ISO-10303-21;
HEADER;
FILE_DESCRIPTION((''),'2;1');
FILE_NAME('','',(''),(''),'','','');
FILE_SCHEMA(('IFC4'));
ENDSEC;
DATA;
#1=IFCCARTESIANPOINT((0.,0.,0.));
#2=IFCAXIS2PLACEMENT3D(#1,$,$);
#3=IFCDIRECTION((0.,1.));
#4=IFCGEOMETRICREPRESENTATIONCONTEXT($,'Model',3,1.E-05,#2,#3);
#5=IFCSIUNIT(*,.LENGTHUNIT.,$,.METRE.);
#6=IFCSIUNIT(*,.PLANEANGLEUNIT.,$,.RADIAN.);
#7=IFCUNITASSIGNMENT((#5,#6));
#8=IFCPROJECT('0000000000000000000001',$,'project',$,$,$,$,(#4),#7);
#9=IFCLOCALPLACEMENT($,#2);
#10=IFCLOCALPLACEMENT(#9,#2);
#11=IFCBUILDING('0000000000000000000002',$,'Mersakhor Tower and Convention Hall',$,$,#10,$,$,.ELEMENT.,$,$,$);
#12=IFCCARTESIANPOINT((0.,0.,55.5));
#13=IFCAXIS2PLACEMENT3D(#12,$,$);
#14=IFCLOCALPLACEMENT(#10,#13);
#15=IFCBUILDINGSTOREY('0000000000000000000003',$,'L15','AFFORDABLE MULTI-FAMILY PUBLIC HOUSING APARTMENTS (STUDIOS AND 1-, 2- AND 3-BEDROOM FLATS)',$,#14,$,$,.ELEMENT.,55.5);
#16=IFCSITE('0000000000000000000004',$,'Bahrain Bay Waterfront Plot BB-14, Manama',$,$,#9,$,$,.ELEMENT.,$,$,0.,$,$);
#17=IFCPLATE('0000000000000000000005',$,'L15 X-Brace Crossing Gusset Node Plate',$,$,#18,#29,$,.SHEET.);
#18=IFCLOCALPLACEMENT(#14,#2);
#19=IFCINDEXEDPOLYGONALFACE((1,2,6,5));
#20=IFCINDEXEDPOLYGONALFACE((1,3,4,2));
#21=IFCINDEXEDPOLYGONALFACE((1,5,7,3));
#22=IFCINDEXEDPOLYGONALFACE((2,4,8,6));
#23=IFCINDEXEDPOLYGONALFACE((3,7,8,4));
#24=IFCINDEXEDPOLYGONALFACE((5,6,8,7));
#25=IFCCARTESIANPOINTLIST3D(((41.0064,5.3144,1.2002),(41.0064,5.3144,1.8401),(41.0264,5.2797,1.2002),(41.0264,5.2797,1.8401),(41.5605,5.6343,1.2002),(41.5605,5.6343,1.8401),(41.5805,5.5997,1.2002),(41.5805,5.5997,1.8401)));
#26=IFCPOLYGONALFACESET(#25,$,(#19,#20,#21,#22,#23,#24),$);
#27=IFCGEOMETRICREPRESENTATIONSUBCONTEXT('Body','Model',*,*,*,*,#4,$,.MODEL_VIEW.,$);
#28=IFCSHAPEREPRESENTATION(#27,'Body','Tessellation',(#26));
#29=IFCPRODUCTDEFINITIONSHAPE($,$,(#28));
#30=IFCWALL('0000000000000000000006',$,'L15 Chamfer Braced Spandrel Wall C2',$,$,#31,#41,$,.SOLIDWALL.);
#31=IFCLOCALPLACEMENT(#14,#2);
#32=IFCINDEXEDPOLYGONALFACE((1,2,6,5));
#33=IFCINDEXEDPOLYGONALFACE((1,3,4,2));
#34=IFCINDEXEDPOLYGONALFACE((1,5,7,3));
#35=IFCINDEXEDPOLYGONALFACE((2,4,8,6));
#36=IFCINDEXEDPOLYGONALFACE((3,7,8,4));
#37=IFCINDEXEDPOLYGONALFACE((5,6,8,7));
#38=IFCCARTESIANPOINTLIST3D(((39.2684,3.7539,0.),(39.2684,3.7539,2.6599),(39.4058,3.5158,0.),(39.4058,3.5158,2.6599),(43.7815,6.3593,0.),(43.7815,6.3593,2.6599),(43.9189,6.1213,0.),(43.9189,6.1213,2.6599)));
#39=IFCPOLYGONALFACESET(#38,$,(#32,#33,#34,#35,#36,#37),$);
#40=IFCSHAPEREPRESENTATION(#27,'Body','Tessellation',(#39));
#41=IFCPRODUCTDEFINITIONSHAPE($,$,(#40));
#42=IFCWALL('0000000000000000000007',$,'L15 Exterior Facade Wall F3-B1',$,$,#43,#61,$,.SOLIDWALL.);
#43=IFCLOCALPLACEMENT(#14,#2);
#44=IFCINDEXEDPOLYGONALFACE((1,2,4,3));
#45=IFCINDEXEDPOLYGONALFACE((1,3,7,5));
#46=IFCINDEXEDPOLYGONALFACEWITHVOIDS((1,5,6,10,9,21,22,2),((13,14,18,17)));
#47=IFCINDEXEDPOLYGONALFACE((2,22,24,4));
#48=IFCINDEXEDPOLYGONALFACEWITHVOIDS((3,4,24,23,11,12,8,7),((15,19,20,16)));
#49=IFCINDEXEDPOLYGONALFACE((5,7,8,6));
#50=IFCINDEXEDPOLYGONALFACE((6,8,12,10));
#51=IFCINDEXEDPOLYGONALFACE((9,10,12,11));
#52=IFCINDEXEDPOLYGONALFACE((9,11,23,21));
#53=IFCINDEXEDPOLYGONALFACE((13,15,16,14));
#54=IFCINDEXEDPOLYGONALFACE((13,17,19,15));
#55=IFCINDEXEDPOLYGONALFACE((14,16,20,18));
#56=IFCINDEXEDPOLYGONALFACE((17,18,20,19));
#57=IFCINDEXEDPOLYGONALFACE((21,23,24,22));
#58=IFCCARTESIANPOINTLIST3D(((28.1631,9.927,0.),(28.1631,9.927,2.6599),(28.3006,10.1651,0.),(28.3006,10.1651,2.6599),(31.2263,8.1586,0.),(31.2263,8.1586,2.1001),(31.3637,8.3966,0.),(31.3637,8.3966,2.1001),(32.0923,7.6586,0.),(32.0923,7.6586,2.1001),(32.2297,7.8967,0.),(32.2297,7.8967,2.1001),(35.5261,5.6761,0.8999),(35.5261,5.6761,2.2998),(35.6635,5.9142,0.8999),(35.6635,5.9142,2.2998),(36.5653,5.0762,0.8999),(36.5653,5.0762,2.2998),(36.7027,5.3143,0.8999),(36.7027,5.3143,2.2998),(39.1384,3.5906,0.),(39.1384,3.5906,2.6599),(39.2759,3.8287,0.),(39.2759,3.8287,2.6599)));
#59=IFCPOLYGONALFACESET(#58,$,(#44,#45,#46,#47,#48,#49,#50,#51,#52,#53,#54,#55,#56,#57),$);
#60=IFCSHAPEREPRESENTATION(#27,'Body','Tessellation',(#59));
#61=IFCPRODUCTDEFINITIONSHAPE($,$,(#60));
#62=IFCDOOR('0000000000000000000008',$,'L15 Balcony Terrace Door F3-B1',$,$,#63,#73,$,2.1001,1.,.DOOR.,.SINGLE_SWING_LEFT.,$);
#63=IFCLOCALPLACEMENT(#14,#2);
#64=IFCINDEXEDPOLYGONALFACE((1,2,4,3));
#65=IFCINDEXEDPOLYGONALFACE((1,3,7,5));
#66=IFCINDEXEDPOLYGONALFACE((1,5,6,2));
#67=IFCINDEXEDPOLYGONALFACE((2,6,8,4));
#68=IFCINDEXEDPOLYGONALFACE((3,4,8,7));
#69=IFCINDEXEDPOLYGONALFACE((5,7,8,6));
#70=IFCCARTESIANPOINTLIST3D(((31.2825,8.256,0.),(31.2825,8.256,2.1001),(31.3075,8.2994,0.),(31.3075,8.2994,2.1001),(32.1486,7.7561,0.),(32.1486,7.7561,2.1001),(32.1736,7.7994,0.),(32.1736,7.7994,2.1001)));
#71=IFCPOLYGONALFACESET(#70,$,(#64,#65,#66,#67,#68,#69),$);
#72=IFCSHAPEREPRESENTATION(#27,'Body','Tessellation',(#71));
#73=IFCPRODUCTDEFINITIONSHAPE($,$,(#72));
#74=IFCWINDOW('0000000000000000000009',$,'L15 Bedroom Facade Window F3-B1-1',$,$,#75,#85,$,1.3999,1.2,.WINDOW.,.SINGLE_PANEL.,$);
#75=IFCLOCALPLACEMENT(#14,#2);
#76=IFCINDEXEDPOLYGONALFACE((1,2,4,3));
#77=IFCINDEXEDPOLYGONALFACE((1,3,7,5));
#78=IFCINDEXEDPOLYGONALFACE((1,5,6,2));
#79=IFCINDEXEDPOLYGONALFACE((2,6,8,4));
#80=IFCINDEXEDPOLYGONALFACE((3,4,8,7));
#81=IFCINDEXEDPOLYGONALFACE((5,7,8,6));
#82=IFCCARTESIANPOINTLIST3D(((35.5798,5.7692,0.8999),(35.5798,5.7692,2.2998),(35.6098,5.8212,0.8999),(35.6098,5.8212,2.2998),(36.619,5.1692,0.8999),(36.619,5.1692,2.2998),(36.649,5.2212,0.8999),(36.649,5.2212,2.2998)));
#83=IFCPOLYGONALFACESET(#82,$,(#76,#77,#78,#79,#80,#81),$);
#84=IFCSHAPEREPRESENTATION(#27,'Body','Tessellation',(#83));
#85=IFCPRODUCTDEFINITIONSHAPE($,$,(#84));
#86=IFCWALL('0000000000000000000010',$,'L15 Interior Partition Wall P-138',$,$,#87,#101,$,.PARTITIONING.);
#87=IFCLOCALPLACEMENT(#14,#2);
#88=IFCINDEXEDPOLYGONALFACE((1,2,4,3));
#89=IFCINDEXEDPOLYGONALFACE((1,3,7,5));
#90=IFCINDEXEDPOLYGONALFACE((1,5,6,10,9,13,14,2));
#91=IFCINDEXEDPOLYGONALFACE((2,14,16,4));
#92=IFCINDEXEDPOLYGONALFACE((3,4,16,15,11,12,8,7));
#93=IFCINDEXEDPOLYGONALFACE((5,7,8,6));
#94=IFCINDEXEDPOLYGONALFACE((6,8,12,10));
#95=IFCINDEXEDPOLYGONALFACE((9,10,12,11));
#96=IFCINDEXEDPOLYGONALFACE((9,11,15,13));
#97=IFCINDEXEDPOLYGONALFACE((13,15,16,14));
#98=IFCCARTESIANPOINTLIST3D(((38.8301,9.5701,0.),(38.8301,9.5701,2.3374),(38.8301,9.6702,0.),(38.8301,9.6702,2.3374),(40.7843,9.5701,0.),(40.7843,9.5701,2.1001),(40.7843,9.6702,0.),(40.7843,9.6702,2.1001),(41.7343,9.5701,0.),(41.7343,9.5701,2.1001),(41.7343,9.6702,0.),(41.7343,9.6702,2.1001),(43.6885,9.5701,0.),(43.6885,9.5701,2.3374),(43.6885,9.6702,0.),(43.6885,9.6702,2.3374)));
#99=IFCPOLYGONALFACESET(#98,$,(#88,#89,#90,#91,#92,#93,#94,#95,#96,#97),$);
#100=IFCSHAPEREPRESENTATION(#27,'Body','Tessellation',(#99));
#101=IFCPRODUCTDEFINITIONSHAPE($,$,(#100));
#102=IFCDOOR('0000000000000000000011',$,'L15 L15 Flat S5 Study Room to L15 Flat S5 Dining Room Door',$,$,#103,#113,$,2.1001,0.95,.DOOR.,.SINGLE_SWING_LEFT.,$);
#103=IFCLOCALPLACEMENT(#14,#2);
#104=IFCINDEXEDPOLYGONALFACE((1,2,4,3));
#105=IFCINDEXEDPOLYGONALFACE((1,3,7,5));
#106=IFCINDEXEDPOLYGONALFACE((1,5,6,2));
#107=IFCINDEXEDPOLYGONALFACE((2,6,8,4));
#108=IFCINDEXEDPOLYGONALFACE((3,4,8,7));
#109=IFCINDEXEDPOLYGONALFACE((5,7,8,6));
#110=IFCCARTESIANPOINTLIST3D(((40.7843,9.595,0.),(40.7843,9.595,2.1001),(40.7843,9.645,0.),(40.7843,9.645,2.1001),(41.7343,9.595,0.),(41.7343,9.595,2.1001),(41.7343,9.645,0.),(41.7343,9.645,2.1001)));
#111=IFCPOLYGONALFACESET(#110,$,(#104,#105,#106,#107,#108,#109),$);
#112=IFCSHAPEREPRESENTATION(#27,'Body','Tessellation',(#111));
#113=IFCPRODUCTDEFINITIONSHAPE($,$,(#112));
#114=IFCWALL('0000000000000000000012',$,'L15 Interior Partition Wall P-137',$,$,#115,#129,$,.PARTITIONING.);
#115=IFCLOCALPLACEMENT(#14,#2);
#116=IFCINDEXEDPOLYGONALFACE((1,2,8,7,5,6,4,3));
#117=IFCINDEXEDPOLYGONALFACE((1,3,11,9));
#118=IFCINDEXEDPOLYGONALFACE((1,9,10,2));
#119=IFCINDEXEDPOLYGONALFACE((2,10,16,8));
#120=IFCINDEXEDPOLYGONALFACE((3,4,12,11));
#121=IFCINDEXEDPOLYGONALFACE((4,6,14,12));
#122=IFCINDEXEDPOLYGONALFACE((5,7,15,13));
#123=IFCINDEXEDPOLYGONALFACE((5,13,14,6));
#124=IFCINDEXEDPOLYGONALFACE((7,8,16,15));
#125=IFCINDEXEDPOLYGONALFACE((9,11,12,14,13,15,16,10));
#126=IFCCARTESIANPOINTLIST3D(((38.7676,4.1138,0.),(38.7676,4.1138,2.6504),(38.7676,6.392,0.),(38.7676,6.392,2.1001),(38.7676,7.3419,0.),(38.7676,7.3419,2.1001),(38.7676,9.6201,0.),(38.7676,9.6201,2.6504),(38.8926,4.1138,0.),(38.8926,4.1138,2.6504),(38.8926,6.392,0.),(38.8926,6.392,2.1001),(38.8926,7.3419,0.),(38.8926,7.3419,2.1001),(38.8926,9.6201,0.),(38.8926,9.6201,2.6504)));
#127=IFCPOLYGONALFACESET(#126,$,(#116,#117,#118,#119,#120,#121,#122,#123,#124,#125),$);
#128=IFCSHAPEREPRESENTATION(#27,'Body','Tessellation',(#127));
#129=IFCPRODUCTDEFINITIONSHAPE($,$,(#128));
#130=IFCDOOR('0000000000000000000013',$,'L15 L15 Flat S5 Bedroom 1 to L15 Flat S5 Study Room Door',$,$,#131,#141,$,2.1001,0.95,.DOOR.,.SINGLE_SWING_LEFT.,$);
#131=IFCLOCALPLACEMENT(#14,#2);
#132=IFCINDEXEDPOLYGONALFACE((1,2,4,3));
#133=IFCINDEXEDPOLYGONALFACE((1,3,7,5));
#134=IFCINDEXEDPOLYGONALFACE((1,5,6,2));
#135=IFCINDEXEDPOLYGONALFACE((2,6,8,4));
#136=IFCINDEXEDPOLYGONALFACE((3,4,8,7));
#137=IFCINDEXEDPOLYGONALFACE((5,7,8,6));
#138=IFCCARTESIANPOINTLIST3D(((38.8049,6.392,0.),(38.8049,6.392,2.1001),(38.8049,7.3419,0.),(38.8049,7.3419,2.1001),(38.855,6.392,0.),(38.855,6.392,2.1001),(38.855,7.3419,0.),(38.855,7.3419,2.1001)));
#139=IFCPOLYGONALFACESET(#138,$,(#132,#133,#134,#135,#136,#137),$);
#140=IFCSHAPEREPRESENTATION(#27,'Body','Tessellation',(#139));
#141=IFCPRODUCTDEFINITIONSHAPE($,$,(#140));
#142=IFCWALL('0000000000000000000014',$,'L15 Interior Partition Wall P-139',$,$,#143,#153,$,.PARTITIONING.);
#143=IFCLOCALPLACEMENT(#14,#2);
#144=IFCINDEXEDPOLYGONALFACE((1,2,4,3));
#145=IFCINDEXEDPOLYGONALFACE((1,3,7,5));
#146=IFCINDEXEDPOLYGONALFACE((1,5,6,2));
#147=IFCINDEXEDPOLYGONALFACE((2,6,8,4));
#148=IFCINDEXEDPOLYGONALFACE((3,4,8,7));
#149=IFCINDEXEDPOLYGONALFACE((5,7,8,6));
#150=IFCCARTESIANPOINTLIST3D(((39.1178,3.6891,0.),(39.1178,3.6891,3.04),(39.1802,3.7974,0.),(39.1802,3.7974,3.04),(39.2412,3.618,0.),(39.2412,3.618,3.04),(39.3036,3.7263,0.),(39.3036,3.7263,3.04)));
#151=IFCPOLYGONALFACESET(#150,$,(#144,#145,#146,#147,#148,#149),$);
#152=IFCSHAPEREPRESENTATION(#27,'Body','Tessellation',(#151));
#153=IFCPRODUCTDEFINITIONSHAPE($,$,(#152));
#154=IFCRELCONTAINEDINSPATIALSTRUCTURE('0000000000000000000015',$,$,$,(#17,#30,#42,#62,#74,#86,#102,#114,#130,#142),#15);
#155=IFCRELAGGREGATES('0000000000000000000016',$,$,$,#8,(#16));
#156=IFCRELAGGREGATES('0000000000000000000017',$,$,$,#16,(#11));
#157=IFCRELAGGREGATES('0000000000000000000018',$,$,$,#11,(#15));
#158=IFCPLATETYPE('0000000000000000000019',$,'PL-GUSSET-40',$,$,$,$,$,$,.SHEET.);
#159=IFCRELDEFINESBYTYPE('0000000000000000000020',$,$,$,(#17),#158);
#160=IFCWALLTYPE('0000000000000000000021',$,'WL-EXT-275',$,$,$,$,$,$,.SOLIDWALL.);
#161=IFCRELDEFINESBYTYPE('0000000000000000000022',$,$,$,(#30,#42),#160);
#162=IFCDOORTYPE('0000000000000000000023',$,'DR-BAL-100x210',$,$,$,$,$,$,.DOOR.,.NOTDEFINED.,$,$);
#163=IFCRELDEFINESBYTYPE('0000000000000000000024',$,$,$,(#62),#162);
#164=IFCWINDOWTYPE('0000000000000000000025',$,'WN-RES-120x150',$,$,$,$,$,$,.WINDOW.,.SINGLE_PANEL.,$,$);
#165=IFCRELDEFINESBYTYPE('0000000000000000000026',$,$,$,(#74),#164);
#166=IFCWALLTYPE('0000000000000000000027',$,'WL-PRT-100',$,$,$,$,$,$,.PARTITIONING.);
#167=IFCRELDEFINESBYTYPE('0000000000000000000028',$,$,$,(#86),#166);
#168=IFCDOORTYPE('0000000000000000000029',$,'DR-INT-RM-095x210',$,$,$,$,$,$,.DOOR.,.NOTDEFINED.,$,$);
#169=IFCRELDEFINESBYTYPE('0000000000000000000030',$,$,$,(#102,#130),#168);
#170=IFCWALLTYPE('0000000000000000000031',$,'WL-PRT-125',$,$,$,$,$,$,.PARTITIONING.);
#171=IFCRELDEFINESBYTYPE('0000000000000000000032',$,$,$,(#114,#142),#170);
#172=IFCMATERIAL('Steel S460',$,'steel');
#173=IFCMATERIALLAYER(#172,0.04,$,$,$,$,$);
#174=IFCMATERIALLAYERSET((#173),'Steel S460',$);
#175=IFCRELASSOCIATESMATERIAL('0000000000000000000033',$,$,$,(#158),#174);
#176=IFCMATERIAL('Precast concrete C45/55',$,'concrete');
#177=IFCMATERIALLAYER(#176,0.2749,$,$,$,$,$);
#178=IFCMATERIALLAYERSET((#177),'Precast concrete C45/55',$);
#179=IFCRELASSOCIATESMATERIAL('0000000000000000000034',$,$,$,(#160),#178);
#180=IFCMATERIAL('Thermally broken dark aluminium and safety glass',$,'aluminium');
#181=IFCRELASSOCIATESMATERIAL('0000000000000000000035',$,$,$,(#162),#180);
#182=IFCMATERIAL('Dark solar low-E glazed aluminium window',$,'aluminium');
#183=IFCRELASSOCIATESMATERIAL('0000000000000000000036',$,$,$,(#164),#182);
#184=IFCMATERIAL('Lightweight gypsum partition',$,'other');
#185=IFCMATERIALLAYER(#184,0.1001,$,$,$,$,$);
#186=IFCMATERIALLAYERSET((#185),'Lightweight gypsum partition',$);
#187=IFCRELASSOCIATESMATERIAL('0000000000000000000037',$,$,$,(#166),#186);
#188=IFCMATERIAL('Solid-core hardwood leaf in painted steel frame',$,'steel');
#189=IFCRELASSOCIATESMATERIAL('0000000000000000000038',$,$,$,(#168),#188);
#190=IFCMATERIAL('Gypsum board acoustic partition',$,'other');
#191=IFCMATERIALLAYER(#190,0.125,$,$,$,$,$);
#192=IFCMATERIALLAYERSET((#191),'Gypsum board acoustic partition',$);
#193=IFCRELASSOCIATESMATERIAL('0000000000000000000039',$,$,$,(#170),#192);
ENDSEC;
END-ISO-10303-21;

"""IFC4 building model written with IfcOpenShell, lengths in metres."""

from ifc_helpers import new_model, si_unit, direction, frame, frame_2d, origin, origin_2d, place, context, subcontext, project, spatial, rectangle, extrude, material, layer, layer_set, type_object, element, fill, save


model = new_model("IFC4")

# Units and contexts
model_context = context("Model", 3, precision=1e-05, world=origin(), true_north=direction((0.0, 1.0)))
body_context = subcontext(model_context, "Body", "Model", "MODEL_VIEW")
ifc_project = project(units=[si_unit("LENGTHUNIT", "METRE"), si_unit("PLANEANGLEUNIT", "RADIAN")], contexts=[model_context])

# Site, building, storey
site_placement = place(None, origin())
site = spatial("IfcSite", under=ifc_project, at=site_placement, Name="Bahrain Bay Waterfront Plot BB-14, Manama", CompositionType="ELEMENT", RefElevation=0.0)
building_placement = place(site_placement, origin())
building = spatial("IfcBuilding", under=site, at=building_placement, Name="Mersakhor Tower and Convention Hall", CompositionType="ELEMENT")
storey_placement = place(building_placement, frame((0.0, 0.0, 55.5)))
storey = spatial("IfcBuildingStorey", under=building, at=storey_placement, Name="L15", Description="AFFORDABLE MULTI-FAMILY PUBLIC HOUSING APARTMENTS (STUDIOS AND 1-, 2- AND 3-BEDROOM FLATS)", CompositionType="ELEMENT", Elevation=55.5)

# Plate
ifc_material_1 = material(Name="Steel S460", Category="steel")
ifc_layer_1 = layer(ifc_material_1, 0.04)
ifc_layer_set_1 = layer_set([ifc_layer_1], Name="Steel S460")
plate_type_1 = type_object("IfcPlateType", Name="PL-GUSSET-40", PredefinedType="SHEET", material=ifc_layer_set_1)
plate_1_placement = place(storey_placement, frame((41.2935, 5.457, 1.2002), z_axis=(0.0, 0.0, 1.0), x_axis=(0.866025, 0.5, 0.0)))
element("IfcPlate", 1, at=plate_1_placement, inside=storey, type_object=plate_type_1, Name="L15 X-Brace Crossing Gusset Node Plate", PredefinedType="SHEET", context=body_context, shape_type="SweptSolid", body=[
    extrude(rectangle(XDim=0.6399, YDim=0.04, at=origin_2d()), origin(), (0.0, 0.0, 1.0), 0.6399),
])

# Wall
ifc_material_2 = material(Name="Precast concrete C45/55", Category="concrete")
ifc_layer_2 = layer(ifc_material_2, 0.2749)
ifc_layer_set_2 = layer_set([ifc_layer_2], Name="Precast concrete C45/55")
wall_type_1 = type_object("IfcWallType", Name="WL-EXT-275", PredefinedType="SOLIDWALL", material=ifc_layer_set_2)
wall_1_placement = place(storey_placement, frame((43.8501, 6.2402, 0.0), z_axis=(0.0, 0.0, 1.0), x_axis=(-0.866044, -0.499968, 0.0)))
element("IfcWall", 2, at=wall_1_placement, inside=storey, type_object=wall_type_1, Name="L15 Chamfer Braced Spandrel Wall C2", PredefinedType="SOLIDWALL", context=body_context, shape_type="SweptSolid", body=[
    extrude(rectangle(XDim=5.2112, YDim=0.2749, at=frame_2d((2.6055, 0.0))), origin(), (0.0, 0.0, 1.0), 2.6599),
])

# Wall, openings, door, window
wall_2_placement = place(storey_placement, frame((39.207, 3.7097, 0.0), z_axis=(0.0, 0.0, 1.0), x_axis=(-0.866032, 0.499989, 0.0)))
wall_2 = element("IfcWall", 3, at=wall_2_placement, inside=storey, type_object=wall_type_1, Name="L15 Exterior Facade Wall F3-B1", PredefinedType="SOLIDWALL", context=body_context, shape_type="SweptSolid", body=[
    extrude(rectangle(XDim=12.6731, YDim=0.2749, at=frame_2d((6.3364, 0.0))), origin(), (0.0, 0.0, 1.0), 2.6599),
])
opening_1_placement = place(wall_2_placement, frame((8.136, 0.0, 0.0)))
opening_1 = element("IfcOpeningElement", 4, at=opening_1_placement, cuts=wall_2, PredefinedType="OPENING", context=body_context, shape_type="SweptSolid", body=[
    extrude(rectangle(XDim=1.0, YDim=2.1001, at=frame_2d((0.5, 1.05))), frame((0.0, 0.1475, 0.0), z_axis=(0.0, -1.0, 0.0), x_axis=(1.0, 0.0, 0.0)), (0.0, 0.0, 1.0), 0.2949),
])
opening_2_placement = place(wall_2_placement, frame((2.9709, 0.0, 0.8999)))
opening_2 = element("IfcOpeningElement", 5, at=opening_2_placement, cuts=wall_2, PredefinedType="OPENING", context=body_context, shape_type="SweptSolid", body=[
    extrude(rectangle(XDim=1.2, YDim=1.3999, at=frame_2d((0.6001, 0.7))), frame((0.0, 0.1475, 0.0), z_axis=(0.0, -1.0, 0.0), x_axis=(1.0, 0.0, 0.0)), (0.0, 0.0, 1.0), 0.2949),
])
ifc_material_3 = material(Name="Thermally broken dark aluminium and safety glass", Category="aluminium")
door_type_1 = type_object("IfcDoorType", Name="DR-BAL-100x210", OperationType="NOTDEFINED", PredefinedType="DOOR", material=ifc_material_3)
door_1_placement = place(opening_1_placement, origin())
door_1 = element("IfcDoor", 6, at=door_1_placement, inside=storey, type_object=door_type_1, Name="L15 Balcony Terrace Door F3-B1", OperationType="SINGLE_SWING_LEFT", OverallHeight=2.1001, OverallWidth=1.0, PredefinedType="DOOR", context=body_context, shape_type="SweptSolid", body=[
    extrude(rectangle(XDim=1.0, YDim=2.1001, at=frame_2d((0.5, 1.05))), frame((0.0, 0.0249, 0.0), z_axis=(0.0, -1.0, 0.0), x_axis=(1.0, 0.0, 0.0)), (0.0, 0.0, 1.0), 0.05),
])
fill(opening_1, door_1)
ifc_material_4 = material(Name="Dark solar low-E glazed aluminium window", Category="aluminium")
window_type = type_object("IfcWindowType", Name="WN-RES-120x150", PartitioningType="SINGLE_PANEL", PredefinedType="WINDOW", material=ifc_material_4)
window_placement = place(opening_2_placement, origin())
window = element("IfcWindow", 7, at=window_placement, inside=storey, type_object=window_type, Name="L15 Bedroom Facade Window F3-B1-1", OverallHeight=1.3999, OverallWidth=1.2, PartitioningType="SINGLE_PANEL", PredefinedType="WINDOW", context=body_context, shape_type="SweptSolid", body=[
    extrude(rectangle(XDim=1.2, YDim=1.3999, at=frame_2d((0.6001, 0.7))), frame((0.0, 0.03, 0.0), z_axis=(0.0, -1.0, 0.0), x_axis=(1.0, 0.0, 0.0)), (0.0, 0.0, 1.0), 0.0601),
])
fill(opening_2, window)

# Walls, openings, doors
ifc_material_5 = material(Name="Lightweight gypsum partition", Category="other")
ifc_layer_3 = layer(ifc_material_5, 0.1001)
ifc_layer_set_3 = layer_set([ifc_layer_3], Name="Lightweight gypsum partition")
wall_type_2 = type_object("IfcWallType", Name="WL-PRT-100", PredefinedType="PARTITIONING", material=ifc_layer_set_3)
wall_3_placement = place(storey_placement, frame((38.8301, 9.6201, 0.0), z_axis=(0.0, 0.0, 1.0), x_axis=(1.0, 0.0, 0.0)))
wall_3 = element("IfcWall", 8, at=wall_3_placement, inside=storey, type_object=wall_type_2, Name="L15 Interior Partition Wall P-138", PredefinedType="PARTITIONING", context=body_context, shape_type="SweptSolid", body=[
    extrude(rectangle(XDim=4.8584, YDim=0.1001, at=frame_2d((2.4292, 0.0))), origin(), (0.0, 0.0, 1.0), 2.3374),
])
opening_3_placement = place(wall_3_placement, frame((1.9541, 0.0, 0.0)))
opening_3 = element("IfcOpeningElement", 9, at=opening_3_placement, cuts=wall_3, PredefinedType="OPENING", context=body_context, shape_type="SweptSolid", body=[
    extrude(rectangle(XDim=0.95, YDim=2.1001, at=frame_2d((0.4751, 1.05))), frame((0.0, 0.0601, 0.0), z_axis=(0.0, -1.0, 0.0), x_axis=(1.0, 0.0, 0.0)), (0.0, 0.0, 1.0), 0.1201),
])
ifc_material_6 = material(Name="Solid-core hardwood leaf in painted steel frame", Category="steel")
door_type_2 = type_object("IfcDoorType", Name="DR-INT-RM-095x210", OperationType="NOTDEFINED", PredefinedType="DOOR", material=ifc_material_6)
door_2_placement = place(opening_3_placement, origin())
door_2 = element("IfcDoor", 10, at=door_2_placement, inside=storey, type_object=door_type_2, Name="L15 L15 Flat S5 Study Room to L15 Flat S5 Dining Room Door", OperationType="SINGLE_SWING_LEFT", OverallHeight=2.1001, OverallWidth=0.95, PredefinedType="DOOR", context=body_context, shape_type="SweptSolid", body=[
    extrude(rectangle(XDim=0.95, YDim=2.1001, at=frame_2d((0.4751, 1.05))), frame((0.0, 0.0249, 0.0), z_axis=(0.0, -1.0, 0.0), x_axis=(1.0, 0.0, 0.0)), (0.0, 0.0, 1.0), 0.05),
])
fill(opening_3, door_2)
ifc_material_7 = material(Name="Gypsum board acoustic partition", Category="other")
ifc_layer_4 = layer(ifc_material_7, 0.125)
ifc_layer_set_4 = layer_set([ifc_layer_4], Name="Gypsum board acoustic partition")
wall_type_3 = type_object("IfcWallType", Name="WL-PRT-125", PredefinedType="PARTITIONING", material=ifc_layer_set_4)
wall_4_placement = place(storey_placement, frame((38.8301, 9.6201, 0.0), z_axis=(0.0, 0.0, 1.0), x_axis=(0.0, -1.0, 0.0)))
wall_4 = element("IfcWall", 11, at=wall_4_placement, inside=storey, type_object=wall_type_3, Name="L15 Interior Partition Wall P-137", PredefinedType="PARTITIONING", context=body_context, shape_type="SweptSolid", body=[
    extrude(rectangle(XDim=5.5063, YDim=0.125, at=frame_2d((2.7532, 0.0))), origin(), (0.0, 0.0, 1.0), 2.6504),
])
opening_4_placement = place(wall_4_placement, frame((2.2781, 0.0, 0.0)))
opening_4 = element("IfcOpeningElement", 12, at=opening_4_placement, cuts=wall_4, PredefinedType="OPENING", context=body_context, shape_type="SweptSolid", body=[
    extrude(rectangle(XDim=0.95, YDim=2.1001, at=frame_2d((0.4751, 1.05))), frame((0.0, 0.0725, 0.0), z_axis=(0.0, -1.0, 0.0), x_axis=(1.0, 0.0, 0.0)), (0.0, 0.0, 1.0), 0.145),
])
door_3_placement = place(opening_4_placement, origin())
door_3 = element("IfcDoor", 13, at=door_3_placement, inside=storey, type_object=door_type_2, Name="L15 L15 Flat S5 Bedroom 1 to L15 Flat S5 Study Room Door", OperationType="SINGLE_SWING_LEFT", OverallHeight=2.1001, OverallWidth=0.95, PredefinedType="DOOR", context=body_context, shape_type="SweptSolid", body=[
    extrude(rectangle(XDim=0.95, YDim=2.1001, at=frame_2d((0.4751, 1.05))), frame((0.0, 0.0249, 0.0), z_axis=(0.0, -1.0, 0.0), x_axis=(1.0, 0.0, 0.0)), (0.0, 0.0, 1.0), 0.05),
])
fill(opening_4, door_3)

# Wall
wall_5_placement = place(storey_placement, frame((39.2725, 3.6721, 0.0), z_axis=(0.0, 0.0, 1.0), x_axis=(-0.866443, 0.499277, 0.0)))
element("IfcWall", 14, at=wall_5_placement, inside=storey, type_object=wall_type_3, Name="L15 Interior Partition Wall P-139", PredefinedType="PARTITIONING", context=body_context, shape_type="SweptSolid", body=[
    extrude(rectangle(XDim=0.1423, YDim=0.125, at=frame_2d((0.0713, 0.0))), origin(), (0.0, 0.0, 1.0), 3.04),
])

save(model, "model.ifc")
